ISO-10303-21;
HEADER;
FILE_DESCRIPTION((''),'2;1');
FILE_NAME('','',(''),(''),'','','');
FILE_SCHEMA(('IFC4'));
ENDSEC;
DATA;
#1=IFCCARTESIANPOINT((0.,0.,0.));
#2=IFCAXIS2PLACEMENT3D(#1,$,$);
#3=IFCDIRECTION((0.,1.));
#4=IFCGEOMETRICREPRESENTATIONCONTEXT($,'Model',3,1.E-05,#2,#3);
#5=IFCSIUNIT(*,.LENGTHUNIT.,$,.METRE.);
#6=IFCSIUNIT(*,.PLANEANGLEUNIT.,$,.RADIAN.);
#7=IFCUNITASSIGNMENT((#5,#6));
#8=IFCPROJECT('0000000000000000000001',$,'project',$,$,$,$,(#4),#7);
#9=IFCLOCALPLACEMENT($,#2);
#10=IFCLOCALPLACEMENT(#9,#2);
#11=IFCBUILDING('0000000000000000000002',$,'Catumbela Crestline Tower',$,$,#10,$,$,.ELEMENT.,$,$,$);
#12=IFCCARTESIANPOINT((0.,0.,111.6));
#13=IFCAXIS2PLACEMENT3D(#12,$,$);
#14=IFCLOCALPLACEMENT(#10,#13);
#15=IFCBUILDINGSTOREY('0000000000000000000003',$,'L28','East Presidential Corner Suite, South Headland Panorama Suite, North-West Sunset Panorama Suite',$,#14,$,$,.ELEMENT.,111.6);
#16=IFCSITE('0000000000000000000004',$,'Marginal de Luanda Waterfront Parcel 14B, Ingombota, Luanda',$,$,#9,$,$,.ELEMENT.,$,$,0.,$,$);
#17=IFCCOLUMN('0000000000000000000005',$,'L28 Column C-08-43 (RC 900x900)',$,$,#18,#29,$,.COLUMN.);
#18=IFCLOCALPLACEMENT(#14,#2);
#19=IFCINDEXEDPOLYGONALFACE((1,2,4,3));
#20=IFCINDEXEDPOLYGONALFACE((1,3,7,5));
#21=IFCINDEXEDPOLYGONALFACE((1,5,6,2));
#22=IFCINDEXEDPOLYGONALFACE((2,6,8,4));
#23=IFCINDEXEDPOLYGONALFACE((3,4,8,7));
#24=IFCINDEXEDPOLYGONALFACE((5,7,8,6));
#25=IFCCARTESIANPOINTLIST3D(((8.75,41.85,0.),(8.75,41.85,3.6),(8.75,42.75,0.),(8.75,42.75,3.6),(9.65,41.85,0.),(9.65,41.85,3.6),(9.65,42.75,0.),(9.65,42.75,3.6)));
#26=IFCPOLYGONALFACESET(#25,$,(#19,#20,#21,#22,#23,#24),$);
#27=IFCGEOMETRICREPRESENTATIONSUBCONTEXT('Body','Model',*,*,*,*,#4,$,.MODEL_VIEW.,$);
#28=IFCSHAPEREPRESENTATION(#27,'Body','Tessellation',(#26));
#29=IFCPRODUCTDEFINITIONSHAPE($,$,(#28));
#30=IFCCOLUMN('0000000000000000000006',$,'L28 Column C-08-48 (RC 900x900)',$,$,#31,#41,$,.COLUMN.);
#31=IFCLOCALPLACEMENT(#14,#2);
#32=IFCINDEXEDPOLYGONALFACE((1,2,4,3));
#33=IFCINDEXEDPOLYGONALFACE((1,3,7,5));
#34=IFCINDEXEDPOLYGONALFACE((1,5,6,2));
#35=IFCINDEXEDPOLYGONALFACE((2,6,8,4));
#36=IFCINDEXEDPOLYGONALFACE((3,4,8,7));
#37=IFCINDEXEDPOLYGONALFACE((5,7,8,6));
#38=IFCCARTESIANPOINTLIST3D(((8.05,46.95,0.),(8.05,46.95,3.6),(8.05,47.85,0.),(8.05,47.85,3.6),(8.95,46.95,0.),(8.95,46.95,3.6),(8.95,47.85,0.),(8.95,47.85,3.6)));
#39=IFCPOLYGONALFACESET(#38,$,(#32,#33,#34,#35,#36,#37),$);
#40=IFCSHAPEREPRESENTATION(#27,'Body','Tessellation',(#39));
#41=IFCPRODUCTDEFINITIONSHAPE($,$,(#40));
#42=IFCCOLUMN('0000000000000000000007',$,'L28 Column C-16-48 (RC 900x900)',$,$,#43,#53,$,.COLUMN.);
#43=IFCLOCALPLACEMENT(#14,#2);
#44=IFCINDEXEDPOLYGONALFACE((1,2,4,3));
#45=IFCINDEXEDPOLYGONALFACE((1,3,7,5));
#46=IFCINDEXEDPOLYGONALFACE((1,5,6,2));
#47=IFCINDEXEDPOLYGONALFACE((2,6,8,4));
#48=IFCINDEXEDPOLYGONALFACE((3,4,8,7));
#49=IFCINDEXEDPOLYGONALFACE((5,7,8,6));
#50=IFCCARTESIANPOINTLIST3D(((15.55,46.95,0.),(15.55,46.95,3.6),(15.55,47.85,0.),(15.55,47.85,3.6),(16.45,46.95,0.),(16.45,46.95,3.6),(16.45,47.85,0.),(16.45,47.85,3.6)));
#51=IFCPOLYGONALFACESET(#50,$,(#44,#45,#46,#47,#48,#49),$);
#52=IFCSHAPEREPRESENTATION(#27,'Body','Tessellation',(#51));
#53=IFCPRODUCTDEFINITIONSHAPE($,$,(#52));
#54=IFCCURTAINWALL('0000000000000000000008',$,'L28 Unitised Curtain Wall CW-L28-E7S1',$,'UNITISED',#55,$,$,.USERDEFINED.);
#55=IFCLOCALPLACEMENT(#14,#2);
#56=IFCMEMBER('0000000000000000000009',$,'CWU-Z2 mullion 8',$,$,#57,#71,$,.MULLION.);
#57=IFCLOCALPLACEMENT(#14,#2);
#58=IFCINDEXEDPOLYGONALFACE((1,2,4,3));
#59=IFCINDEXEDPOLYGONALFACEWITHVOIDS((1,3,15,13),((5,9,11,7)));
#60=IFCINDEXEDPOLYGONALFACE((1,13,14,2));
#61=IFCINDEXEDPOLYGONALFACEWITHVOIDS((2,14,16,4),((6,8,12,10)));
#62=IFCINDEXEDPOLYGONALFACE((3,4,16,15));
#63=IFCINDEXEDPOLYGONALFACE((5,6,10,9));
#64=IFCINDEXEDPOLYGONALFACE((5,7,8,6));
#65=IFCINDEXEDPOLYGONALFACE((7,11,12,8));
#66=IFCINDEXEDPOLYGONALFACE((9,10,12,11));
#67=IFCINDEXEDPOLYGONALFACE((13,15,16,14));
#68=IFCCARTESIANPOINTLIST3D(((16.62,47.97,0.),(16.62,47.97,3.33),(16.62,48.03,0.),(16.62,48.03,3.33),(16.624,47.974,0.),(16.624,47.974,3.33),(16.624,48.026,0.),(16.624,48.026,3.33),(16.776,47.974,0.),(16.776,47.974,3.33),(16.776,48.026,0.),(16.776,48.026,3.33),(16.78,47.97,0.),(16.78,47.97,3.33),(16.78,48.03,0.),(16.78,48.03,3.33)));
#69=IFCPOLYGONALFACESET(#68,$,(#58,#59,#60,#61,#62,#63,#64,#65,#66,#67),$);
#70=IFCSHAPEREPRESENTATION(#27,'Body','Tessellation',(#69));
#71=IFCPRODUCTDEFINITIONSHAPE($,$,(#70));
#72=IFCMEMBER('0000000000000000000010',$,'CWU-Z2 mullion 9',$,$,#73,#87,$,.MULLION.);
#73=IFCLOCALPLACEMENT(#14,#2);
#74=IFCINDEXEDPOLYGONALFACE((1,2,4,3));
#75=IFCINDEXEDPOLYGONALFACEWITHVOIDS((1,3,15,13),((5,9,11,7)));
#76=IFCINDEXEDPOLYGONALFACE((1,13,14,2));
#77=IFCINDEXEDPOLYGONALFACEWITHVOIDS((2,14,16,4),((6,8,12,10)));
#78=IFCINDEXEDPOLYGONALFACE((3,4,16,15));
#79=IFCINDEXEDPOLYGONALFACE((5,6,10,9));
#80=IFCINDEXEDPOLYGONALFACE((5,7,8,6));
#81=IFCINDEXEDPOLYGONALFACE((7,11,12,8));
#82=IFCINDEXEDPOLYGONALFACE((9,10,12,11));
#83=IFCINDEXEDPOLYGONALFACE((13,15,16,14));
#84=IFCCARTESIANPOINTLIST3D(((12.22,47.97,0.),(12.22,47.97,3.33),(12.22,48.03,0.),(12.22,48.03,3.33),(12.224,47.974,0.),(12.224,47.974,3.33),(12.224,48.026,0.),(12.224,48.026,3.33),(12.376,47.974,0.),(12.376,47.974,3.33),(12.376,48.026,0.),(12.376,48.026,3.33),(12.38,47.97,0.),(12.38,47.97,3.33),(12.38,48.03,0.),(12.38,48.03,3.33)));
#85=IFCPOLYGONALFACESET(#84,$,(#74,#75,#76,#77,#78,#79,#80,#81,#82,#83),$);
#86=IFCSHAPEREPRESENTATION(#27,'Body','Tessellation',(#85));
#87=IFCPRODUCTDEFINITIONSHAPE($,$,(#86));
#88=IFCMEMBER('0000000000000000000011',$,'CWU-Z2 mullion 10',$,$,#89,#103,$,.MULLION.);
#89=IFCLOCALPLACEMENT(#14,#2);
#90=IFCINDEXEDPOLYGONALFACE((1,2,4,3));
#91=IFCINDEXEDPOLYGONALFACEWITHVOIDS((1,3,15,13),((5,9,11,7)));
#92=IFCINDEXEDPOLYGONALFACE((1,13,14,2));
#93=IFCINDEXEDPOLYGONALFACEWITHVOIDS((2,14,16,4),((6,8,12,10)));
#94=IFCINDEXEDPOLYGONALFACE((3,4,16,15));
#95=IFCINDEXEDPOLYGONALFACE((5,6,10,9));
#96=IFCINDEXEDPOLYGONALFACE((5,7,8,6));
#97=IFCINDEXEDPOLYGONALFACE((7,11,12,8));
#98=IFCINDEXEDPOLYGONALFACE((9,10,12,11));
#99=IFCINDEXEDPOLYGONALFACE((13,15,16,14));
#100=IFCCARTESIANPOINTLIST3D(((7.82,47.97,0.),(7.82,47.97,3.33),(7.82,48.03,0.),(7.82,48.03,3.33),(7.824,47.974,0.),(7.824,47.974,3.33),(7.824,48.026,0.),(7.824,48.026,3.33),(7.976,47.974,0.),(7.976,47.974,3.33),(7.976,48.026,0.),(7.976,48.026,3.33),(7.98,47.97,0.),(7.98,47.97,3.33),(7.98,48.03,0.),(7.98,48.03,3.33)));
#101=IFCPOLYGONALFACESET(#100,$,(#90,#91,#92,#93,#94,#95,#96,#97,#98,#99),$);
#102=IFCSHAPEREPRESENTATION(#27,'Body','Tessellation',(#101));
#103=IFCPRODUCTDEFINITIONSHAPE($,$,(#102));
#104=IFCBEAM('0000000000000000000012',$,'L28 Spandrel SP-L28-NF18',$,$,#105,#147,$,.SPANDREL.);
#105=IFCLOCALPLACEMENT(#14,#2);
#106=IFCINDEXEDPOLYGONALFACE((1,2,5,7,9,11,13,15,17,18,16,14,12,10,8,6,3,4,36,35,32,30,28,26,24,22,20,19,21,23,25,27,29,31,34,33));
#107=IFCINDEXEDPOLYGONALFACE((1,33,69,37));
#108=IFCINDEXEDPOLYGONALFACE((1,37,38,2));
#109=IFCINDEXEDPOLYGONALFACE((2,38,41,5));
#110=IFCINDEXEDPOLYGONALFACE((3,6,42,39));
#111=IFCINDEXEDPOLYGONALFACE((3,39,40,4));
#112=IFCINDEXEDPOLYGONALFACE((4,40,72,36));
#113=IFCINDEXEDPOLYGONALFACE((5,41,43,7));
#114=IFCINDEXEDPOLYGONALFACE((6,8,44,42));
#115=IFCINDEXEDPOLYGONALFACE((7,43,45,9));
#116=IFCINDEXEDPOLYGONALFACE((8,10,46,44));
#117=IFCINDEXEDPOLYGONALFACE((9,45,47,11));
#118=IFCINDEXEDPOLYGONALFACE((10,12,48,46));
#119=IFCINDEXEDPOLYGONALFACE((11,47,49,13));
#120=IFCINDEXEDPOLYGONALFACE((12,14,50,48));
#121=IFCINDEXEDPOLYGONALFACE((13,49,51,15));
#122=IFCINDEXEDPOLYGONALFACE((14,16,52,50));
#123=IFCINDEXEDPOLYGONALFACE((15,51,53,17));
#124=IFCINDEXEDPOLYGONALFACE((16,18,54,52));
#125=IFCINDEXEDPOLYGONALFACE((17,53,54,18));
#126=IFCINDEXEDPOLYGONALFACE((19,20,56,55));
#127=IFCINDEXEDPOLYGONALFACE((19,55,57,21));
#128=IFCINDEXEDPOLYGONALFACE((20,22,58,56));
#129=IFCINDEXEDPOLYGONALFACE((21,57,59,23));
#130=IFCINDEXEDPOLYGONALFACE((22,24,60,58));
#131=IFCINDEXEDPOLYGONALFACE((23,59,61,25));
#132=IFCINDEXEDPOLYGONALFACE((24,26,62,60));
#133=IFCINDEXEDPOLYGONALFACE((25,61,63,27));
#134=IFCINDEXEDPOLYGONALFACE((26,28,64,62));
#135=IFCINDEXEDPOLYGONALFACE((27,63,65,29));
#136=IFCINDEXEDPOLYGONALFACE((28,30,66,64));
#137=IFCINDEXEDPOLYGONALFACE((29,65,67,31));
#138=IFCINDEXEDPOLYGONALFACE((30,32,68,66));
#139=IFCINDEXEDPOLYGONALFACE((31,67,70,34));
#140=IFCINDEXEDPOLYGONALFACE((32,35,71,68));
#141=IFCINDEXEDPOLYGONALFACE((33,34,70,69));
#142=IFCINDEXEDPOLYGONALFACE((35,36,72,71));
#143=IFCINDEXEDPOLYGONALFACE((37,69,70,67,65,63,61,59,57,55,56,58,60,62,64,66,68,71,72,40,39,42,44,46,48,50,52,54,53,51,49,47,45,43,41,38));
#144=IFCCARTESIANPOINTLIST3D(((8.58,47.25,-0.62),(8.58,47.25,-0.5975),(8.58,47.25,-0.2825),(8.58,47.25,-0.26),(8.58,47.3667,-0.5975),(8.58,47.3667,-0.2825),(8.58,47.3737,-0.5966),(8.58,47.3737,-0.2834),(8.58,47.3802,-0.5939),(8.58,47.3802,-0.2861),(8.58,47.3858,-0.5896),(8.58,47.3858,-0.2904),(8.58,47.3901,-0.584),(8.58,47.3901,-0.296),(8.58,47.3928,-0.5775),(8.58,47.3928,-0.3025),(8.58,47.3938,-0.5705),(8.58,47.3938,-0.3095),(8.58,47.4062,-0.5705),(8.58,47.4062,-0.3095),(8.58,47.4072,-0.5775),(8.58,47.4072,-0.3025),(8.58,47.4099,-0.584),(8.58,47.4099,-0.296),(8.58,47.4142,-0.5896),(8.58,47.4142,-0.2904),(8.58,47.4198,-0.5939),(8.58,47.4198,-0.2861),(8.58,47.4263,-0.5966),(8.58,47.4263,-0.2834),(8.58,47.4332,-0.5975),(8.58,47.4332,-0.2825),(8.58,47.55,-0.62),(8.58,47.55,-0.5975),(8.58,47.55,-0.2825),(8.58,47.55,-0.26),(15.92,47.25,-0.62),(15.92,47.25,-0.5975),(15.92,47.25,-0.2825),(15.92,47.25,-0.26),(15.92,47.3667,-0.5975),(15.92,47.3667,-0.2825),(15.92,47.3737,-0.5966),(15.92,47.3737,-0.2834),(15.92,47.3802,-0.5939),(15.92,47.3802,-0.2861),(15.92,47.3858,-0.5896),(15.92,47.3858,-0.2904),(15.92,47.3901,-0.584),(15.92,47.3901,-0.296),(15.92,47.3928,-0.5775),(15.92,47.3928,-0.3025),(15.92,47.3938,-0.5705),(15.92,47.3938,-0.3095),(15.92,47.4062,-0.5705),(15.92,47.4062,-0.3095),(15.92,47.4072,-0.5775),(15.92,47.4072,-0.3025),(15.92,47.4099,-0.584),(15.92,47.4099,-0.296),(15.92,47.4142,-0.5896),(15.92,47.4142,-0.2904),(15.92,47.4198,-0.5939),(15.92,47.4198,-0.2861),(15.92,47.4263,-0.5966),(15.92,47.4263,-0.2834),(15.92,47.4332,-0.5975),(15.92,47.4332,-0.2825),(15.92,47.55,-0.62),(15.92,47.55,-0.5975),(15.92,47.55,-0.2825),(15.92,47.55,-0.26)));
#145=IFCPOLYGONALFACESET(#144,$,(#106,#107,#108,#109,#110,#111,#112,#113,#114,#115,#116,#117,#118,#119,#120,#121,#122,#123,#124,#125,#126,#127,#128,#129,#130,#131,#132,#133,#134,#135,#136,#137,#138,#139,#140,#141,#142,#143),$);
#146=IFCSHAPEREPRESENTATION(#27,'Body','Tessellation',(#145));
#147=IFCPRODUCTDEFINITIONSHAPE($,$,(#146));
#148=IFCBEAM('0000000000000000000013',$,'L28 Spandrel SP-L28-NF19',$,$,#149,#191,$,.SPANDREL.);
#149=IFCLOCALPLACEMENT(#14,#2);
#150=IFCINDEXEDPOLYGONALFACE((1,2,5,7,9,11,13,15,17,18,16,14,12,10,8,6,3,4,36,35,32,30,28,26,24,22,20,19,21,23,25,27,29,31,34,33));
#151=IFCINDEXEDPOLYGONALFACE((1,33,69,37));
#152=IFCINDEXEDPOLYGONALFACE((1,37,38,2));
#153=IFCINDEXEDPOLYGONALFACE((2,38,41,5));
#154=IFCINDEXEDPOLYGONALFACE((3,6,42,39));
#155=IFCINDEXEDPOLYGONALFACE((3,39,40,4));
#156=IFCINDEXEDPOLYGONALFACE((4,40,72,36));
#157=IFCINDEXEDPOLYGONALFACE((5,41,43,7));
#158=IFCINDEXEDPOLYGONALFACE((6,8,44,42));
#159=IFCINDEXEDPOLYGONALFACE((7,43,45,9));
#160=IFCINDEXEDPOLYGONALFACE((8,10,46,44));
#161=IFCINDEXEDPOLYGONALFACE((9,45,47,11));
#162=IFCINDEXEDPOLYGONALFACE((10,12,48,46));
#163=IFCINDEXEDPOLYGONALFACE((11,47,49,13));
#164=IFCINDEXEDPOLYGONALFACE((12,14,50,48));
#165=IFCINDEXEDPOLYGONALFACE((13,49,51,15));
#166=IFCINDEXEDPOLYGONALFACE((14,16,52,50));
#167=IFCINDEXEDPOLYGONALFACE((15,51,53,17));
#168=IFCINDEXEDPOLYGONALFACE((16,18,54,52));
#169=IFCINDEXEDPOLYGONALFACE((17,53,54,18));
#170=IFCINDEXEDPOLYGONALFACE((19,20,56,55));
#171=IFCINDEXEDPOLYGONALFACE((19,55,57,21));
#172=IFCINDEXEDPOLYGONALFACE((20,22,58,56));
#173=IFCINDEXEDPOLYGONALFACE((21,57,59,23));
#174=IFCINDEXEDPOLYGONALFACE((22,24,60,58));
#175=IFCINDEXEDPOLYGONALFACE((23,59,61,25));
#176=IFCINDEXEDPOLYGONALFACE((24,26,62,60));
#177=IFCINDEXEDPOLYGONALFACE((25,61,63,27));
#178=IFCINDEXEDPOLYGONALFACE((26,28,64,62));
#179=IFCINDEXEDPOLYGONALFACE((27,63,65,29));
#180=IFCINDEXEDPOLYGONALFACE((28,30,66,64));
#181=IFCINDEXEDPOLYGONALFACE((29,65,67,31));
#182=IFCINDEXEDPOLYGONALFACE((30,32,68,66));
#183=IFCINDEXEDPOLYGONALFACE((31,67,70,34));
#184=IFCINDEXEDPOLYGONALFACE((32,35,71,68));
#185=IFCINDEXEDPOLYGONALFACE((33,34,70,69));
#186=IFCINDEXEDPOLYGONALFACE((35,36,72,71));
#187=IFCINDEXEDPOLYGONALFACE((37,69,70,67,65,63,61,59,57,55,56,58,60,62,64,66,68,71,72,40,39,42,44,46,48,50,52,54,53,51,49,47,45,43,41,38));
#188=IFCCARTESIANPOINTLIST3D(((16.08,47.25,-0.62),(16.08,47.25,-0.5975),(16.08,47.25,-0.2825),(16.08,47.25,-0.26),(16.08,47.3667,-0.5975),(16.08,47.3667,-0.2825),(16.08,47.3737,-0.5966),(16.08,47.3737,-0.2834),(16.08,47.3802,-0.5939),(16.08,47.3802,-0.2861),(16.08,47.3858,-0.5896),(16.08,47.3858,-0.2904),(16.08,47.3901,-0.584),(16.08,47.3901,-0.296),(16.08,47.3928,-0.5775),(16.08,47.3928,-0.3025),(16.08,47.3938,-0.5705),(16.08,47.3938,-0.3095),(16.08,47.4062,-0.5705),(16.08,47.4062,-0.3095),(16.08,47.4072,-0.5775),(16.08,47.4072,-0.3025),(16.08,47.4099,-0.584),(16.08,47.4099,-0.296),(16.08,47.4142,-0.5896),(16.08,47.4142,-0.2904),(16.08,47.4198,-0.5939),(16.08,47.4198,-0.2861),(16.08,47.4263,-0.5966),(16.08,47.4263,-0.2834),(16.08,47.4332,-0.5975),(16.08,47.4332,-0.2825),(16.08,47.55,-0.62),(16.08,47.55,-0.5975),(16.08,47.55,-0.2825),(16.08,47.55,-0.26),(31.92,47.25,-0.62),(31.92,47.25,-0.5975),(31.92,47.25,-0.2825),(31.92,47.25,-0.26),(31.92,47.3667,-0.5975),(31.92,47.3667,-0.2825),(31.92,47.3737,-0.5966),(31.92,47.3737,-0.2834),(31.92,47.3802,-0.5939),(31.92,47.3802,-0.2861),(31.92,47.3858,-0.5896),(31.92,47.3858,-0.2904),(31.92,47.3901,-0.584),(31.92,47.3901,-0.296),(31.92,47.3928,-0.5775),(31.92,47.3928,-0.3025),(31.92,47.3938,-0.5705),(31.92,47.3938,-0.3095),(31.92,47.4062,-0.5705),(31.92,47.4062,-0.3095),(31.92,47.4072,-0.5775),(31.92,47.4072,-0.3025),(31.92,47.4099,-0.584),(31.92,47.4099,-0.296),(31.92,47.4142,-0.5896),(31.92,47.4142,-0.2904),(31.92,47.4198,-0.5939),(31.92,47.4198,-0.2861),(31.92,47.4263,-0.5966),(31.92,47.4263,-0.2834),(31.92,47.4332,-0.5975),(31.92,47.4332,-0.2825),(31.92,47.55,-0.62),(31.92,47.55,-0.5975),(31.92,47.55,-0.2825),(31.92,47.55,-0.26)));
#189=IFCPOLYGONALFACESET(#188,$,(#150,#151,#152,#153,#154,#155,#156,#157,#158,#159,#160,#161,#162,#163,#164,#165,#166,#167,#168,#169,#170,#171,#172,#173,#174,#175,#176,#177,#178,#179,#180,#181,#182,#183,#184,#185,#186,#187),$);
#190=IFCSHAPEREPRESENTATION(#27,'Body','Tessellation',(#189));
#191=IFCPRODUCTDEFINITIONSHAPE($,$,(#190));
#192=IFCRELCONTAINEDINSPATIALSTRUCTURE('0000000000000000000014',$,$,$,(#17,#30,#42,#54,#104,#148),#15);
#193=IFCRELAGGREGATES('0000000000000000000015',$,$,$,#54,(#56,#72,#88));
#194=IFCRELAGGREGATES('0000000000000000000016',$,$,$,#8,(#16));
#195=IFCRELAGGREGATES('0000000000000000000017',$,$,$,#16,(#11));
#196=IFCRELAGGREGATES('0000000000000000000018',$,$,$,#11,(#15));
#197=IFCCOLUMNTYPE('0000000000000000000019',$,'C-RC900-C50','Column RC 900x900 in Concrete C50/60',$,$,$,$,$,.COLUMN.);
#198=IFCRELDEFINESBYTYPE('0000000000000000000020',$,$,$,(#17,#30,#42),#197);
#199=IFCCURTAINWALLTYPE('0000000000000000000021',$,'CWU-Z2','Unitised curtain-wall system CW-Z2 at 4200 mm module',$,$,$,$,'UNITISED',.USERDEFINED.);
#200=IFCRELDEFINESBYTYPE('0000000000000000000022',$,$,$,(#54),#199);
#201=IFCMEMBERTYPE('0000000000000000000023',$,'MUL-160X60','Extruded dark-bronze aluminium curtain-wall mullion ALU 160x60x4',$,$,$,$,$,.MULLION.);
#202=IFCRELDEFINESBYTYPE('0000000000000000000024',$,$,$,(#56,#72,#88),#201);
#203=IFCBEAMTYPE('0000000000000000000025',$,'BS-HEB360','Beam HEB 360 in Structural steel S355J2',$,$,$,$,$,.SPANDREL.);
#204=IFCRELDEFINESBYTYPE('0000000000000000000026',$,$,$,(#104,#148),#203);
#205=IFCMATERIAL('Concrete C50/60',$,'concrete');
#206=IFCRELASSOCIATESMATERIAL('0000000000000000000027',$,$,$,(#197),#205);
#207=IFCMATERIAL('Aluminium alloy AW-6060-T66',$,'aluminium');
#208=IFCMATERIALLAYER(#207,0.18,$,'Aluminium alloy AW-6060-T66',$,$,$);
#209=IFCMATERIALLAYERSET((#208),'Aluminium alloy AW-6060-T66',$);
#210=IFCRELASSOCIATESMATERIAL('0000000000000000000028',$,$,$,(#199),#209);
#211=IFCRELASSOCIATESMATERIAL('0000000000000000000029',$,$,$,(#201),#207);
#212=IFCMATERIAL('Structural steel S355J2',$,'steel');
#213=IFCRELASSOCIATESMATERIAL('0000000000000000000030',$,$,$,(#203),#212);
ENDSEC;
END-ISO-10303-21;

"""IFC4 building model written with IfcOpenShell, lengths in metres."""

from ifc_helpers import new_model, si_unit, direction, frame, origin, origin_2d, place, context, subcontext, project, spatial, rectangle, hollow_rectangle, i_section, extrude, material, layer, layer_set, material_profile, profile_set, type_object, element, aggregate, save


model = new_model("IFC4")

# Units and contexts
model_context = context("Model", 3, precision=1e-05, world=origin(), true_north=direction((0.0, 1.0)))
body_context = subcontext(model_context, "Body", "Model", "MODEL_VIEW")
ifc_project = project(units=[si_unit("LENGTHUNIT", "METRE"), si_unit("PLANEANGLEUNIT", "RADIAN")], contexts=[model_context])

# Site, building, storey
site_placement = place(None, origin())
site = spatial("IfcSite", under=ifc_project, at=site_placement, Name="Marginal de Luanda Waterfront Parcel 14B, Ingombota, Luanda", CompositionType="ELEMENT", RefElevation=0.0)
building_placement = place(site_placement, origin())
building = spatial("IfcBuilding", under=site, at=building_placement, Name="Catumbela Crestline Tower", CompositionType="ELEMENT")
storey_placement = place(building_placement, frame((0.0, 0.0, 111.6)))
storey = spatial("IfcBuildingStorey", under=building, at=storey_placement, Name="L28", Description="East Presidential Corner Suite, South Headland Panorama Suite, North-West Sunset Panorama Suite", CompositionType="ELEMENT", Elevation=111.6)

# Columns
ifc_material_1 = material(Name="Concrete C50/60", Category="concrete")
ifc_material_profile_1 = material_profile(ifc_material_1, rectangle(XDim=0.9, YDim=0.9, at=origin_2d()), Name="RC 900x900")
ifc_profile_set_1 = profile_set([ifc_material_profile_1], Name="Concrete C50/60")
column_type = type_object("IfcColumnType", Name="C-RC900-C50", Description="Column RC 900x900 in Concrete C50/60", PredefinedType="COLUMN", material=ifc_profile_set_1)
for number, where, z_axis, x_axis, name in (
    (1, (9.2, 42.3, 0.0), (0.0, 0.0, 1.0), (1.0, 0.0, 0.0), "L28 Column C-08-43 (RC 900x900)"),
    (2, (8.5, 47.4, 0.0), (0.0, 0.0, 1.0), (1.0, 0.0, 0.0), "L28 Column C-08-48 (RC 900x900)"),
    (3, (16.0, 47.4, 0.0), (0.0, 0.0, 1.0), (1.0, 0.0, 0.0), "L28 Column C-16-48 (RC 900x900)"),
):
    element("IfcColumn", number, at=place(storey_placement, frame(where, z_axis=z_axis, x_axis=x_axis)), inside=storey, type_object=column_type, Name=name, PredefinedType="COLUMN", context=body_context, shape_type="SweptSolid", body=[
        extrude(rectangle(XDim=0.9, YDim=0.9, at=origin_2d()), origin(), (0.0, 0.0, 1.0), 3.6),
    ])

# Curtain wall, members
ifc_material_2 = material(Name="Aluminium alloy AW-6060-T66", Category="aluminium")
ifc_layer_1 = layer(ifc_material_2, 0.18, Name="Aluminium alloy AW-6060-T66")
ifc_layer_set_1 = layer_set([ifc_layer_1], Name="Aluminium alloy AW-6060-T66")
curtain_wall_type = type_object("IfcCurtainWallType", Name="CWU-Z2", Description="Unitised curtain-wall system CW-Z2 at 4200 mm module", ElementType="UNITISED", PredefinedType="USERDEFINED", material=ifc_layer_set_1)
curtain_wall_placement = place(storey_placement, origin())
curtain_wall = element("IfcCurtainWall", 4, at=curtain_wall_placement, inside=storey, type_object=curtain_wall_type, Name="L28 Unitised Curtain Wall CW-L28-E7S1", ObjectType="UNITISED", PredefinedType="USERDEFINED")
ifc_material_profile_2 = material_profile(ifc_material_2, hollow_rectangle(XDim=0.06, YDim=0.16, WallThickness=0.004, at=origin_2d()), Name="ALU 160x60x4")
ifc_profile_set_2 = profile_set([ifc_material_profile_2], Name="Aluminium alloy AW-6060-T66")
member_type_1 = type_object("IfcMemberType", Name="MUL-160X60", Description="Extruded dark-bronze aluminium curtain-wall mullion ALU 160x60x4", PredefinedType="MULLION", material=ifc_profile_set_2)
member_1_placement = place(storey_placement, frame((16.7, 48.0, 0.0), z_axis=(0.0, 0.0, 1.0), x_axis=(0.0, -1.0, 0.0)))
member_1 = element("IfcMember", 5, at=member_1_placement, type_object=member_type_1, Name="CWU-Z2 mullion 8", PredefinedType="MULLION", context=body_context, shape_type="SweptSolid", body=[
    extrude(hollow_rectangle(XDim=0.06, YDim=0.16, WallThickness=0.004, at=origin_2d()), origin(), (0.0, 0.0, 1.0), 3.33),
])
member_2_placement = place(storey_placement, frame((12.3, 48.0, 0.0), z_axis=(0.0, 0.0, 1.0), x_axis=(0.0, -1.0, 0.0)))
member_2 = element("IfcMember", 6, at=member_2_placement, type_object=member_type_1, Name="CWU-Z2 mullion 9", PredefinedType="MULLION", context=body_context, shape_type="SweptSolid", body=[
    extrude(hollow_rectangle(XDim=0.06, YDim=0.16, WallThickness=0.004, at=origin_2d()), origin(), (0.0, 0.0, 1.0), 3.33),
])
member_3_placement = place(storey_placement, frame((7.9, 48.0, 0.0), z_axis=(0.0, 0.0, 1.0), x_axis=(0.0, -1.0, 0.0)))
member_3 = element("IfcMember", 7, at=member_3_placement, type_object=member_type_1, Name="CWU-Z2 mullion 10", PredefinedType="MULLION", context=body_context, shape_type="SweptSolid", body=[
    extrude(hollow_rectangle(XDim=0.06, YDim=0.16, WallThickness=0.004, at=origin_2d()), origin(), (0.0, 0.0, 1.0), 3.33),
])

# Beams
ifc_material_3 = material(Name="Structural steel S355J2", Category="steel")
ifc_material_profile_3 = material_profile(ifc_material_3, i_section(OverallWidth=0.3, OverallDepth=0.36, WebThickness=0.0125, FlangeThickness=0.0225, FilletRadius=0.027, at=origin_2d()), Name="HEB 360")
ifc_profile_set_3 = profile_set([ifc_material_profile_3], Name="Structural steel S355J2")
beam_type = type_object("IfcBeamType", Name="BS-HEB360", Description="Beam HEB 360 in Structural steel S355J2", PredefinedType="SPANDREL", material=ifc_profile_set_3)
beam_1_placement = place(storey_placement, frame((8.58, 47.4, -0.44), z_axis=(1.0, 0.0, 0.0), x_axis=(0.0, 1.0, 0.0)))
element("IfcBeam", 8, at=beam_1_placement, inside=storey, type_object=beam_type, Name="L28 Spandrel SP-L28-NF18", PredefinedType="SPANDREL", context=body_context, shape_type="SweptSolid", body=[
    extrude(i_section(OverallWidth=0.3, OverallDepth=0.36, WebThickness=0.0125, FlangeThickness=0.0225, FilletRadius=0.027, at=origin_2d()), origin(), (0.0, 0.0, 1.0), 7.34),
])
beam_2_placement = place(storey_placement, frame((16.08, 47.4, -0.44), z_axis=(1.0, 0.0, 0.0), x_axis=(0.0, 1.0, 0.0)))
element("IfcBeam", 9, at=beam_2_placement, inside=storey, type_object=beam_type, Name="L28 Spandrel SP-L28-NF19", PredefinedType="SPANDREL", context=body_context, shape_type="SweptSolid", body=[
    extrude(i_section(OverallWidth=0.3, OverallDepth=0.36, WebThickness=0.0125, FlangeThickness=0.0225, FilletRadius=0.027, at=origin_2d()), origin(), (0.0, 0.0, 1.0), 15.84),
])

aggregate(curtain_wall, [member_1, member_2, member_3])

save(model, "model.ifc")
